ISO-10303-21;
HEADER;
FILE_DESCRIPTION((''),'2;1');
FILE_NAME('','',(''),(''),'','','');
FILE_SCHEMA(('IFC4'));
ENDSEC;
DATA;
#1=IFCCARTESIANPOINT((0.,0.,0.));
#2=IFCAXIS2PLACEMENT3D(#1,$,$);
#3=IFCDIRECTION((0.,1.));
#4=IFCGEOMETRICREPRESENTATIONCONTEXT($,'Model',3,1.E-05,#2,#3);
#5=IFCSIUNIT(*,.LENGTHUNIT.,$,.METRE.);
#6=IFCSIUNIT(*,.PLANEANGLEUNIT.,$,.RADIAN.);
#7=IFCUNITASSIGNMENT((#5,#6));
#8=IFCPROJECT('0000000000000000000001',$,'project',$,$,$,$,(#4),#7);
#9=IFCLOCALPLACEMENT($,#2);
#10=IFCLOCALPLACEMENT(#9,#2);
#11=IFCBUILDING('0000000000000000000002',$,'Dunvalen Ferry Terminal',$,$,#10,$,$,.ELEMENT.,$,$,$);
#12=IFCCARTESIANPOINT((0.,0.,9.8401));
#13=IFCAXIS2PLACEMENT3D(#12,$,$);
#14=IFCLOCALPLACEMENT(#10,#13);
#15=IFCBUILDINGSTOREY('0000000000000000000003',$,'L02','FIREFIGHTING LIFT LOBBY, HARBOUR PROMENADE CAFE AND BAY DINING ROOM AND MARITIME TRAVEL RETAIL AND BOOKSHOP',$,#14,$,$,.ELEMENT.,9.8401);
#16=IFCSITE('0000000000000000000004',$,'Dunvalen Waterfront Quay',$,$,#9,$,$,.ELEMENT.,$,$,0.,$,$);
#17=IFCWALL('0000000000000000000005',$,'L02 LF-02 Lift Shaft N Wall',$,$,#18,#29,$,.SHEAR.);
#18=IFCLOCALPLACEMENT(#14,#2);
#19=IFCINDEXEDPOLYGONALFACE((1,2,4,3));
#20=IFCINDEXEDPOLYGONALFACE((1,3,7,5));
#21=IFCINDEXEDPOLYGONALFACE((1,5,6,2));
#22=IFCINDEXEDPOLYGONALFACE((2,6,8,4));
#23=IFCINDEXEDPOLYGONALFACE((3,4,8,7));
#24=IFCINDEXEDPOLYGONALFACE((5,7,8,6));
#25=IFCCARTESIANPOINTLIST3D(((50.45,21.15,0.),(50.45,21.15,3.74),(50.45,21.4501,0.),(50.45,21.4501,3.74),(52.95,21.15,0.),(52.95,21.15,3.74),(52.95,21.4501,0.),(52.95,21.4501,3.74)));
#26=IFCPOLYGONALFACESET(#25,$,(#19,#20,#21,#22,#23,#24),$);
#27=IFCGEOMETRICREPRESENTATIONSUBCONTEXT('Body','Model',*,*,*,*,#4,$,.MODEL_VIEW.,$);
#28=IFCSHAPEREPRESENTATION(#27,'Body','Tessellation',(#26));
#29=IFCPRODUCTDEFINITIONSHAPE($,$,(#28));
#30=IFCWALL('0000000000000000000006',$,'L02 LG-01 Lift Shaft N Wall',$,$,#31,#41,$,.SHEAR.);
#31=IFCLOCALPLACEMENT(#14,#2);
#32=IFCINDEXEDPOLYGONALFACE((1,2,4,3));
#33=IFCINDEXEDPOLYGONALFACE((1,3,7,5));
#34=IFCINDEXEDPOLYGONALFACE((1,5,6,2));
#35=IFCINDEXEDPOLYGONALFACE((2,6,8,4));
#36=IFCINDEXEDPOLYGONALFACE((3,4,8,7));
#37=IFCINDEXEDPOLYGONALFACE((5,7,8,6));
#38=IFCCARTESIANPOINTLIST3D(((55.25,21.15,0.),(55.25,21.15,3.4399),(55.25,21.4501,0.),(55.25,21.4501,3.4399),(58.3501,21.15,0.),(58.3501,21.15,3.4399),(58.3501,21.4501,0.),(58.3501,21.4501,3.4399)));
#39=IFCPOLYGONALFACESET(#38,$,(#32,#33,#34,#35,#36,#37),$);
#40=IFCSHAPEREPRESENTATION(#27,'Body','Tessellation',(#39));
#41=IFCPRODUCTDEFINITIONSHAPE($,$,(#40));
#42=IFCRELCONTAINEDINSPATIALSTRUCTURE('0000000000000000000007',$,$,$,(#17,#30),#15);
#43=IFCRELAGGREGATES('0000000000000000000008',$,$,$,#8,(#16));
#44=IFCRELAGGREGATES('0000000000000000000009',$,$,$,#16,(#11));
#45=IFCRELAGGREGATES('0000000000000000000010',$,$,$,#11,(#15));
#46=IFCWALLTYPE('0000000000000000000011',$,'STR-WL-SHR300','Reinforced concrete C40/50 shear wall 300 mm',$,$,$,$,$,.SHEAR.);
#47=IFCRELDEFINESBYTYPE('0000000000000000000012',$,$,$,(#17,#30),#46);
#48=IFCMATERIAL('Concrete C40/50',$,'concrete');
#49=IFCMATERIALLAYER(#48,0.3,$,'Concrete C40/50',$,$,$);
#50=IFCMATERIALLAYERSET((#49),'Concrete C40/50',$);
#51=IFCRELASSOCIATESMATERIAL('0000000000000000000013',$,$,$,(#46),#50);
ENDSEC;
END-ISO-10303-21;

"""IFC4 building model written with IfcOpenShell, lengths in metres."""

from ifc_helpers import new_model, si_unit, direction, frame, frame_2d, origin, place, context, subcontext, project, spatial, rectangle, extrude, material, layer, layer_set, type_object, element, save


model = new_model("IFC4")

# Units and contexts
model_context = context("Model", 3, precision=1e-05, world=origin(), true_north=direction((0.0, 1.0)))
body_context = subcontext(model_context, "Body", "Model", "MODEL_VIEW")
ifc_project = project(units=[si_unit("LENGTHUNIT", "METRE"), si_unit("PLANEANGLEUNIT", "RADIAN")], contexts=[model_context])

# Site, building, storey
site_placement = place(None, origin())
site = spatial("IfcSite", under=ifc_project, at=site_placement, Name="Dunvalen Waterfront Quay", CompositionType="ELEMENT", RefElevation=0.0)
building_placement = place(site_placement, origin())
building = spatial("IfcBuilding", under=site, at=building_placement, Name="Dunvalen Ferry Terminal", CompositionType="ELEMENT")
storey_placement = place(building_placement, frame((0.0, 0.0, 9.8401)))
storey = spatial("IfcBuildingStorey", under=building, at=storey_placement, Name="L02", Description="FIREFIGHTING LIFT LOBBY, HARBOUR PROMENADE CAFE AND BAY DINING ROOM AND MARITIME TRAVEL RETAIL AND BOOKSHOP", CompositionType="ELEMENT", Elevation=9.8401)

# Shared definitions
ifc_material_1 = material(Name="Concrete C40/50", Category="concrete")

# Walls
ifc_layer_1 = layer(ifc_material_1, 0.3, Name="Concrete C40/50")
ifc_layer_set_1 = layer_set([ifc_layer_1], Name="Concrete C40/50")
wall_type_1 = type_object("IfcWallType", Name="STR-WL-SHR300", Description="Reinforced concrete C40/50 shear wall 300 mm", PredefinedType="SHEAR", material=ifc_layer_set_1)
wall_1_placement = place(storey_placement, frame((50.45, 21.3, 0.0), z_axis=(0.0, 0.0, 1.0), x_axis=(1.0, 0.0, 0.0)))
element("IfcWall", 1, at=wall_1_placement, inside=storey, type_object=wall_type_1, Name="L02 LF-02 Lift Shaft N Wall", PredefinedType="SHEAR", context=body_context, shape_type="SweptSolid", body=[
    extrude(rectangle(XDim=2.5, YDim=0.3, at=frame_2d((1.25, 0.0))), origin(), (0.0, 0.0, 1.0), 3.74),
])
wall_2_placement = place(storey_placement, frame((55.25, 21.3, 0.0), z_axis=(0.0, 0.0, 1.0), x_axis=(1.0, 0.0, 0.0)))
element("IfcWall", 2, at=wall_2_placement, inside=storey, type_object=wall_type_1, Name="L02 LG-01 Lift Shaft N Wall", PredefinedType="SHEAR", context=body_context, shape_type="SweptSolid", body=[
    extrude(rectangle(XDim=3.1001, YDim=0.3, at=frame_2d((1.55, 0.0))), origin(), (0.0, 0.0, 1.0), 3.4399),
])

save(model, "model.ifc")
